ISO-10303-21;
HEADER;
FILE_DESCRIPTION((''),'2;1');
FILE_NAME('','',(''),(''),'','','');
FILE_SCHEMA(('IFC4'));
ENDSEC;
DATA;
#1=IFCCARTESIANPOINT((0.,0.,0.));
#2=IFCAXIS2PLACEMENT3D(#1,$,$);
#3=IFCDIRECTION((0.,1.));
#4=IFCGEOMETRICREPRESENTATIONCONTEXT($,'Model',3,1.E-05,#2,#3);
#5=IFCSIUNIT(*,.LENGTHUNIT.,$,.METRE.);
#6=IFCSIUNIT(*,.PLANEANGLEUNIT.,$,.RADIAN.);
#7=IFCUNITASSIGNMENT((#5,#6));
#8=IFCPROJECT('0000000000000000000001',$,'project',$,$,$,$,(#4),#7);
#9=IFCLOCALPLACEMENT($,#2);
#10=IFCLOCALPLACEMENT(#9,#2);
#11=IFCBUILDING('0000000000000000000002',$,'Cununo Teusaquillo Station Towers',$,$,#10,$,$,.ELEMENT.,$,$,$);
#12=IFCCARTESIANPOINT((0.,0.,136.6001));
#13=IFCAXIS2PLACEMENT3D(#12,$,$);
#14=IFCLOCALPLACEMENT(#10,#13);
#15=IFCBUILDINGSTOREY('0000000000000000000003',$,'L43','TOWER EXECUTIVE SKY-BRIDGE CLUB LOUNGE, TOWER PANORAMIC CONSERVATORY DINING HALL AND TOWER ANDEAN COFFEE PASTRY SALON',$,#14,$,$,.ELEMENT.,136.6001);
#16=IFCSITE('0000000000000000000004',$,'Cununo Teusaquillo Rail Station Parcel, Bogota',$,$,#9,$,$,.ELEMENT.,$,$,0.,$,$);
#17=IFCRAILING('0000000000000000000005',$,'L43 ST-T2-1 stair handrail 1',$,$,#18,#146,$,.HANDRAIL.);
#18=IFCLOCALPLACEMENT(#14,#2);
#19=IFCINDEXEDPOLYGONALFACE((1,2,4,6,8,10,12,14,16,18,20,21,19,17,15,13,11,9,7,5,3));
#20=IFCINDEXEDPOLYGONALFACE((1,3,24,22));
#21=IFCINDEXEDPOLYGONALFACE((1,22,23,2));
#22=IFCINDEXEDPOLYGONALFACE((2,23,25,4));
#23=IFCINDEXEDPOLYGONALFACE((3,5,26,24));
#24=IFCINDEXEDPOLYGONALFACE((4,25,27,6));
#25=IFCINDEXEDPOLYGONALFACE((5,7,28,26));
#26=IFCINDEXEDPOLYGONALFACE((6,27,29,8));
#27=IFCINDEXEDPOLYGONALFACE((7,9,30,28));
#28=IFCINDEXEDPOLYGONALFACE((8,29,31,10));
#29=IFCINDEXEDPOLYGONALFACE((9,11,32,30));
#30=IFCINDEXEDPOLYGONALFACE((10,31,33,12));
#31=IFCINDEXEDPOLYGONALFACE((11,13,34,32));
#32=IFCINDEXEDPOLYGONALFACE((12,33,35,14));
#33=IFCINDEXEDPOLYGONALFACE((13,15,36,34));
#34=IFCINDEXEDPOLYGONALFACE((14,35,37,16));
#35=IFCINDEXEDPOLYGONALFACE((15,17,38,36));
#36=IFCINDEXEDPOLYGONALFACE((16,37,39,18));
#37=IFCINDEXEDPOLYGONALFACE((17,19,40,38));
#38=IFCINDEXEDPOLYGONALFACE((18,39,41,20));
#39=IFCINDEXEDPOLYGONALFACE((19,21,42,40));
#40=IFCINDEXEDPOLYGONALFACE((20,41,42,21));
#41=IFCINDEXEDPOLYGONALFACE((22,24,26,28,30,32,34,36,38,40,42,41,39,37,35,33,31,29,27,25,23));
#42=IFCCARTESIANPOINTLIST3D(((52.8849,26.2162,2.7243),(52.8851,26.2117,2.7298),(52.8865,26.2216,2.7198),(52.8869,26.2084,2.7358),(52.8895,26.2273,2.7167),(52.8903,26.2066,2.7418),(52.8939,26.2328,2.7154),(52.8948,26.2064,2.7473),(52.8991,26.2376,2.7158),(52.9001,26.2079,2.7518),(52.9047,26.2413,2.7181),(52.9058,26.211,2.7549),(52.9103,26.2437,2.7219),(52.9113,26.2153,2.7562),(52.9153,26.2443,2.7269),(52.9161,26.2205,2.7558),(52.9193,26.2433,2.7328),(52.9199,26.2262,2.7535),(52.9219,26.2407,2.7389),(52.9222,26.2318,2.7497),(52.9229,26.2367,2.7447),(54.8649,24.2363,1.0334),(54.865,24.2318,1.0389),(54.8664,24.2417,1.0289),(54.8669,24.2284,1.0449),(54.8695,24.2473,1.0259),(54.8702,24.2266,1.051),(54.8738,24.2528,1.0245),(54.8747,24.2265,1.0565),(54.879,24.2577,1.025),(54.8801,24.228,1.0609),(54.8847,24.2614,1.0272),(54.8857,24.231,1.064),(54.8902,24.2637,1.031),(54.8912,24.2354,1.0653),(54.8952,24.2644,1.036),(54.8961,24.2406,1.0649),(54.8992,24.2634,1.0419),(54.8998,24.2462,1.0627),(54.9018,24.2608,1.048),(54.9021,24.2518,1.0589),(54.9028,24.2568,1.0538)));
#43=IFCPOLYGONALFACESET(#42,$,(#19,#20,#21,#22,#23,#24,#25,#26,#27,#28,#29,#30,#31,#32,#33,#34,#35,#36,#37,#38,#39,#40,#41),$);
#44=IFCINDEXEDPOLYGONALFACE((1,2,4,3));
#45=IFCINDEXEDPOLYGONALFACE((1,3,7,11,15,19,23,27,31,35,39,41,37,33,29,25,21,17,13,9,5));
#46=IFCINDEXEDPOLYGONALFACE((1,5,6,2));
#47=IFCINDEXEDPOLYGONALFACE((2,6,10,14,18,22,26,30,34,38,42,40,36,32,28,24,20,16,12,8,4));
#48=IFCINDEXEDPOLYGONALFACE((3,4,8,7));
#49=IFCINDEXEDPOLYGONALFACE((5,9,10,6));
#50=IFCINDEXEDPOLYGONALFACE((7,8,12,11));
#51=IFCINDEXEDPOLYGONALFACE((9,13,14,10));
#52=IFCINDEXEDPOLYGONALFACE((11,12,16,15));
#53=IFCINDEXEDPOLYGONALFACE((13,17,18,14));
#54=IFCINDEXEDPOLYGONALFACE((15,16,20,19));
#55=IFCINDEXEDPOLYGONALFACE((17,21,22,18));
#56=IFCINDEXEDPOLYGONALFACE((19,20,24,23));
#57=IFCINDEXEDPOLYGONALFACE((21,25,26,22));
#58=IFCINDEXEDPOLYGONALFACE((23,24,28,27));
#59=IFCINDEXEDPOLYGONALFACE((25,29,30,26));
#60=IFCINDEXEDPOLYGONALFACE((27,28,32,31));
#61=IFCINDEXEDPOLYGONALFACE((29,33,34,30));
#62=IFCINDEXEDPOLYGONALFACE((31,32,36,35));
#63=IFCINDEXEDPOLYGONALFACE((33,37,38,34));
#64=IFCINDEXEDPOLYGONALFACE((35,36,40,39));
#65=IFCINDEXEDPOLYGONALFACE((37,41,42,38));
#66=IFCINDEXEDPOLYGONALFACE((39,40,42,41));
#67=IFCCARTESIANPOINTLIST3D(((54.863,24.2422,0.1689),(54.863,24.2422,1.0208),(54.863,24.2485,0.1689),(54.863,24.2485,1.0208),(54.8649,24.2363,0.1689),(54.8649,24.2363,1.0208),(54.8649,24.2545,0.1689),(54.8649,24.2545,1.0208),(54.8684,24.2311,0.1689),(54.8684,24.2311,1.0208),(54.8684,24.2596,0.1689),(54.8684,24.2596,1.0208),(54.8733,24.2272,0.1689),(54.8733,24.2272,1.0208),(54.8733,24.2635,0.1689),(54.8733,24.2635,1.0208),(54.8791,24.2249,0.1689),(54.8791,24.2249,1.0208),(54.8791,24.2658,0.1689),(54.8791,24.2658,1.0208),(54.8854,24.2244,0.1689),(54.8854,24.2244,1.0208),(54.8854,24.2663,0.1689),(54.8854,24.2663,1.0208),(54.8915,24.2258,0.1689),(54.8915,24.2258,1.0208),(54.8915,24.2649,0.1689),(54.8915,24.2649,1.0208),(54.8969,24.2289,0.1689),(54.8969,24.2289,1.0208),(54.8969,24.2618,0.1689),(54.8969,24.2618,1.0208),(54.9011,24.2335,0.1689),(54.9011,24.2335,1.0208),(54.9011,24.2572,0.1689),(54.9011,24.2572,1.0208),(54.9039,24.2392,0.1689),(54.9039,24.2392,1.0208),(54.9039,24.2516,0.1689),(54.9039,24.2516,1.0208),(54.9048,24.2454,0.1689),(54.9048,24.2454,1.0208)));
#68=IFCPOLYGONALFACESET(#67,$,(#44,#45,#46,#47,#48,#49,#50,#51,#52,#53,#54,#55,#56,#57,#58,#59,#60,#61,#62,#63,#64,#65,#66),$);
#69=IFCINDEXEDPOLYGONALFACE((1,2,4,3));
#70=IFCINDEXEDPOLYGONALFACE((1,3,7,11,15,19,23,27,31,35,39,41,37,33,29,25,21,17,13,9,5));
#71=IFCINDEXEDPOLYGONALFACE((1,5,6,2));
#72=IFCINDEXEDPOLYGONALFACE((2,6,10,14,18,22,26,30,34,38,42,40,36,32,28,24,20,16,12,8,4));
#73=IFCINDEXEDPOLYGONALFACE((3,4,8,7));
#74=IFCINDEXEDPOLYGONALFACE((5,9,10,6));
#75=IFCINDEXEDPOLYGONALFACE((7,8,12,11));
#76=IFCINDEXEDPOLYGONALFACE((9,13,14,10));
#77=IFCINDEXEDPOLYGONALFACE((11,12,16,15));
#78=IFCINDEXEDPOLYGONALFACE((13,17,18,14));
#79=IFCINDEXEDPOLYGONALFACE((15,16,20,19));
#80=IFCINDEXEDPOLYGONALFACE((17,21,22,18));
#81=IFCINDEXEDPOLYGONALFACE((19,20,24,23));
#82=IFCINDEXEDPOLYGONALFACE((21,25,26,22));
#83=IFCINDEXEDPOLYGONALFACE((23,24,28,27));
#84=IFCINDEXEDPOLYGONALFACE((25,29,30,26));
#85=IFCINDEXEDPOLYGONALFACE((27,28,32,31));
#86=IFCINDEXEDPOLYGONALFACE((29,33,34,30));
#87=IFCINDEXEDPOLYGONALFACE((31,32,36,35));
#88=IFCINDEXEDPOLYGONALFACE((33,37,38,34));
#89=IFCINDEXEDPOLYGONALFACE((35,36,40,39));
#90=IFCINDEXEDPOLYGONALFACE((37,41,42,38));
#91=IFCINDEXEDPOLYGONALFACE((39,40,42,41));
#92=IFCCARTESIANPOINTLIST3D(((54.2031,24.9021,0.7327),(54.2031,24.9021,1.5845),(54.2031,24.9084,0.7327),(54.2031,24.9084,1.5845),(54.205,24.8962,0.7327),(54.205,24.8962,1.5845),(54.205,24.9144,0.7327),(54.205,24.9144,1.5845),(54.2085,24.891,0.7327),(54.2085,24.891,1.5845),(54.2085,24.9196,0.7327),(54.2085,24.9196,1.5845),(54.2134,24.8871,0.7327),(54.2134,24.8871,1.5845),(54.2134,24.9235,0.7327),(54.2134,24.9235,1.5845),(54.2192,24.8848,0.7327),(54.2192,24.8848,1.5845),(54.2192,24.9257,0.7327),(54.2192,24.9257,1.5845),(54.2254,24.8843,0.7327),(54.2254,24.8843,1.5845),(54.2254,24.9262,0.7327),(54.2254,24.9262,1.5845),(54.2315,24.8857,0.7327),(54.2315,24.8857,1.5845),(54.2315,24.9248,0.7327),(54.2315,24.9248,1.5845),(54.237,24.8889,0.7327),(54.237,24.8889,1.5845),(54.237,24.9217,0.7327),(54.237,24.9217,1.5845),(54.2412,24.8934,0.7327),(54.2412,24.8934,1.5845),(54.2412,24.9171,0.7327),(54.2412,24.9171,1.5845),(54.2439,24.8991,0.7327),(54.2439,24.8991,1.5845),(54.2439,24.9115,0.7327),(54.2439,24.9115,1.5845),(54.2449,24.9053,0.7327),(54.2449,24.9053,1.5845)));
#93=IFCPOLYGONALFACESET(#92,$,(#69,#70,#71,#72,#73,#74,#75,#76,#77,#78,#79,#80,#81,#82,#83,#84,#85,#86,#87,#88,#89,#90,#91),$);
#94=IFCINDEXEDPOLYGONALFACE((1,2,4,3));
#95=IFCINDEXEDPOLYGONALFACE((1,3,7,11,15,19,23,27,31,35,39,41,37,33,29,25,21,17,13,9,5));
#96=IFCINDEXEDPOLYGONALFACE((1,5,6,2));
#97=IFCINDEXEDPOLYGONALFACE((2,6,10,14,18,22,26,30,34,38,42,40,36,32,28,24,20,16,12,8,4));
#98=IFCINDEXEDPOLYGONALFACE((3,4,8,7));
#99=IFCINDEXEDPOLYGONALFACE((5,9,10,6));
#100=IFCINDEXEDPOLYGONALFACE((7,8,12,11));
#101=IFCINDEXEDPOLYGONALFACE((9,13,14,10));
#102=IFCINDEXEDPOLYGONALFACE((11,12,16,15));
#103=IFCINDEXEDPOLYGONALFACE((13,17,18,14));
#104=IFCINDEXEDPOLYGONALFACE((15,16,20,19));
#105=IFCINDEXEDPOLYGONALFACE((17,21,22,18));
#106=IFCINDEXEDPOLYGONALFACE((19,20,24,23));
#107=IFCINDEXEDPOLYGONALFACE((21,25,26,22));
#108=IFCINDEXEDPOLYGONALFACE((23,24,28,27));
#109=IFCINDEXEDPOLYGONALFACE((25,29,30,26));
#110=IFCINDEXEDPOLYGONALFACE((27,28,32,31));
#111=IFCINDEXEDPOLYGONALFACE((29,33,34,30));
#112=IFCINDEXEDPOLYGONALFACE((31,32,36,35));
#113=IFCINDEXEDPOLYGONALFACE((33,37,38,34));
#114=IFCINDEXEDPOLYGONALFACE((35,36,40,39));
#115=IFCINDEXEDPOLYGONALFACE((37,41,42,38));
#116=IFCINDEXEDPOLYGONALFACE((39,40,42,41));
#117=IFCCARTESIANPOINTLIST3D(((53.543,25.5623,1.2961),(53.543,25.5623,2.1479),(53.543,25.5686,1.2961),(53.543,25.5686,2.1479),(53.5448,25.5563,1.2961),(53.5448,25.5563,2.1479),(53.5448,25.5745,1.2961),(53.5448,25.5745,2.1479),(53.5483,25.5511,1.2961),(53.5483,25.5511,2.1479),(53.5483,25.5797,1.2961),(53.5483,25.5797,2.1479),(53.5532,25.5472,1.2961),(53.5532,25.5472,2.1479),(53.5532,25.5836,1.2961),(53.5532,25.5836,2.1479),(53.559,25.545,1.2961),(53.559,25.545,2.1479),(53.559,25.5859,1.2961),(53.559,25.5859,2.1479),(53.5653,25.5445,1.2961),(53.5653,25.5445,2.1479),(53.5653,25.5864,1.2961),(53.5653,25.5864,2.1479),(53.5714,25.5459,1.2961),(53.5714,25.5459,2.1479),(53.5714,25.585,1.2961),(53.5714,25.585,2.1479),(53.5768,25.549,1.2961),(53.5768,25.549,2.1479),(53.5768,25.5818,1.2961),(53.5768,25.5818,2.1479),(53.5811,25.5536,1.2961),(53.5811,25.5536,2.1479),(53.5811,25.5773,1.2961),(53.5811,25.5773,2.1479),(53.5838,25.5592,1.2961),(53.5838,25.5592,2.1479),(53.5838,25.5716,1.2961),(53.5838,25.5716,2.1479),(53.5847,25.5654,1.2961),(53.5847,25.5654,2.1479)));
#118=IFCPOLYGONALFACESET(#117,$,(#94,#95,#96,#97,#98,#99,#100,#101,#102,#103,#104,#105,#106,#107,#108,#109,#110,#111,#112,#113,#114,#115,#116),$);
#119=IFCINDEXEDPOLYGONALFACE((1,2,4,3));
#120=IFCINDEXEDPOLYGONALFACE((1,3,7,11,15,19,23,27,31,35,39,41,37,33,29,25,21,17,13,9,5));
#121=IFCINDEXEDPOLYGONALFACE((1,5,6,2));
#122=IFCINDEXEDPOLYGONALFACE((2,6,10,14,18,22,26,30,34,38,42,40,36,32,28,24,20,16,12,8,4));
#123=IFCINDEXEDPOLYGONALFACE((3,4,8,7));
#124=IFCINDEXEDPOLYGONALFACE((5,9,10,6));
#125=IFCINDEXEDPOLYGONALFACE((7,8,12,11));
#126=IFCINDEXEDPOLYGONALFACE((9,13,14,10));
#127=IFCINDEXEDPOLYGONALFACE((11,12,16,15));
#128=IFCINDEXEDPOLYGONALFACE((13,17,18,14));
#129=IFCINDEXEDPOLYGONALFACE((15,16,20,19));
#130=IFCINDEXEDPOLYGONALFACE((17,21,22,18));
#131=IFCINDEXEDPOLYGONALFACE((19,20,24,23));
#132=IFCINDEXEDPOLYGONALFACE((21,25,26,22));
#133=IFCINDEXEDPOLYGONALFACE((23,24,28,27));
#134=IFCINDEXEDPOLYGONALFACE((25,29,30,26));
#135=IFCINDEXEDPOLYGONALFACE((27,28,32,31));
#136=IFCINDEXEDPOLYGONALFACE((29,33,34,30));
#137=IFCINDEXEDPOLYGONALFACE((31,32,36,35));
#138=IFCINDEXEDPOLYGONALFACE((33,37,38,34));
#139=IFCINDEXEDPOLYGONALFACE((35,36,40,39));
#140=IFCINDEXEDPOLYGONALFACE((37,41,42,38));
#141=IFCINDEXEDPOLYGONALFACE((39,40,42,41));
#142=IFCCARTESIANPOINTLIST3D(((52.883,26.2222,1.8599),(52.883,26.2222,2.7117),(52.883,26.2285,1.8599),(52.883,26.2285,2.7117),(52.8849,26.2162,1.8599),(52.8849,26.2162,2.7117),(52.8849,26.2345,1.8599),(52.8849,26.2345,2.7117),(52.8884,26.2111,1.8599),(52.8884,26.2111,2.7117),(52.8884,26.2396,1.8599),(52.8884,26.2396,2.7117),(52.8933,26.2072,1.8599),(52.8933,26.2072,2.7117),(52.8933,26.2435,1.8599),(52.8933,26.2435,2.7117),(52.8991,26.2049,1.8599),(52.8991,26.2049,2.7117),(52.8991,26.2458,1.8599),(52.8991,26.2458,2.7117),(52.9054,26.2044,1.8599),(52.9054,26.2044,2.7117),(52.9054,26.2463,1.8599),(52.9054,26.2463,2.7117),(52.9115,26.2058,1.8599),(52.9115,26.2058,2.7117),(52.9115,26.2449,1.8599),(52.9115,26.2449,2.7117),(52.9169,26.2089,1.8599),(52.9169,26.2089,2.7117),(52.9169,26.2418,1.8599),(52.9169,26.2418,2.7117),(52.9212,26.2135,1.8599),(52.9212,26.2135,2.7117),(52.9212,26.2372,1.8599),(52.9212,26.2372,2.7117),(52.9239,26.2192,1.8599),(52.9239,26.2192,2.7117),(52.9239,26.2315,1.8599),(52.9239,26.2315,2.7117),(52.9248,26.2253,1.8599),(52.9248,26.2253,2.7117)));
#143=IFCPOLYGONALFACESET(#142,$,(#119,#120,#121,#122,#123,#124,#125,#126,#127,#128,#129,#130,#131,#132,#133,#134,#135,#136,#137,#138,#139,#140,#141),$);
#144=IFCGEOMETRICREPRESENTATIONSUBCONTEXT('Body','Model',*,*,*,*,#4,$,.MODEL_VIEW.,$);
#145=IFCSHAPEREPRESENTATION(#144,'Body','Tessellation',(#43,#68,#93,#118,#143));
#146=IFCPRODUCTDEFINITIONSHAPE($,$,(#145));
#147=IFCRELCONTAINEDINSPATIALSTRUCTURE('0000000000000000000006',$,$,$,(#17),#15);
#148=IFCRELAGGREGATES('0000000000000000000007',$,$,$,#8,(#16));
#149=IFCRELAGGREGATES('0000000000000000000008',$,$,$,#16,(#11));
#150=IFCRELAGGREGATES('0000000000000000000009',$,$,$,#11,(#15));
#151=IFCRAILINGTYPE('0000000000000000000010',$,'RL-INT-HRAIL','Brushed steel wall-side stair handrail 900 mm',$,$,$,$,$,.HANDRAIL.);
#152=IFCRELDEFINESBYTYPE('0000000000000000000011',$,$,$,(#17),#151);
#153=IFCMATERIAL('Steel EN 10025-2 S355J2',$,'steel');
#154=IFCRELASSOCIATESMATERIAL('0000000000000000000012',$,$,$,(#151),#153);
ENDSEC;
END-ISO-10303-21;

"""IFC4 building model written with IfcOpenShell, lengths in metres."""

from ifc_helpers import new_model, si_unit, direction, frame, origin, origin_2d, place, context, subcontext, project, spatial, circle, extrude, material, type_object, element, save


model = new_model("IFC4")

# Units and contexts
model_context = context("Model", 3, precision=1e-05, world=origin(), true_north=direction((0.0, 1.0)))
body_context = subcontext(model_context, "Body", "Model", "MODEL_VIEW")
ifc_project = project(units=[si_unit("LENGTHUNIT", "METRE"), si_unit("PLANEANGLEUNIT", "RADIAN")], contexts=[model_context])

# Site, building, storey
site_placement = place(None, origin())
site = spatial("IfcSite", under=ifc_project, at=site_placement, Name="Cununo Teusaquillo Rail Station Parcel, Bogota", CompositionType="ELEMENT", RefElevation=0.0)
building_placement = place(site_placement, origin())
building = spatial("IfcBuilding", under=site, at=building_placement, Name="Cununo Teusaquillo Station Towers", CompositionType="ELEMENT")
storey_placement = place(building_placement, frame((0.0, 0.0, 136.6001)))
storey = spatial("IfcBuildingStorey", under=building, at=storey_placement, Name="L43", Description="TOWER EXECUTIVE SKY-BRIDGE CLUB LOUNGE, TOWER PANORAMIC CONSERVATORY DINING HALL AND TOWER ANDEAN COFFEE PASTRY SALON", CompositionType="ELEMENT", Elevation=136.6001)

# Railing
ifc_material_1 = material(Name="Steel EN 10025-2 S355J2", Category="steel")
railing_type_1 = type_object("IfcRailingType", Name="RL-INT-HRAIL", Description="Brushed steel wall-side stair handrail 900 mm", PredefinedType="HANDRAIL", material=ifc_material_1)
railing_1_placement = place(storey_placement, frame((54.8838, 24.2454, 0.1689)))
element("IfcRailing", 1, at=railing_1_placement, inside=storey, type_object=railing_type_1, Name="L43 ST-T2-1 stair handrail 1", PredefinedType="HANDRAIL", context=body_context, shape_type="SweptSolid", body=[
    extrude(circle(Radius=0.0239, at=origin_2d()), frame((0.0, 0.0, 0.876), z_axis=(-0.605302, 0.605302, 0.516932), x_axis=(-0.707107, -0.707107, 0.0)), (0.0, 0.0, 1.0), 3.271),
    extrude(circle(Radius=0.021, at=origin_2d()), origin(), (0.0, 0.0, 1.0), 0.8518),
    extrude(circle(Radius=0.021, at=origin_2d()), frame((-0.6599, 0.6599, 0.5637)), (0.0, 0.0, 1.0), 0.8518),
    extrude(circle(Radius=0.021, at=origin_2d()), frame((-1.3201, 1.3201, 1.1272)), (0.0, 0.0, 1.0), 0.8518),
    extrude(circle(Radius=0.021, at=origin_2d()), frame((-1.98, 1.98, 1.6909)), (0.0, 0.0, 1.0), 0.8518),
])

save(model, "model.ifc")
